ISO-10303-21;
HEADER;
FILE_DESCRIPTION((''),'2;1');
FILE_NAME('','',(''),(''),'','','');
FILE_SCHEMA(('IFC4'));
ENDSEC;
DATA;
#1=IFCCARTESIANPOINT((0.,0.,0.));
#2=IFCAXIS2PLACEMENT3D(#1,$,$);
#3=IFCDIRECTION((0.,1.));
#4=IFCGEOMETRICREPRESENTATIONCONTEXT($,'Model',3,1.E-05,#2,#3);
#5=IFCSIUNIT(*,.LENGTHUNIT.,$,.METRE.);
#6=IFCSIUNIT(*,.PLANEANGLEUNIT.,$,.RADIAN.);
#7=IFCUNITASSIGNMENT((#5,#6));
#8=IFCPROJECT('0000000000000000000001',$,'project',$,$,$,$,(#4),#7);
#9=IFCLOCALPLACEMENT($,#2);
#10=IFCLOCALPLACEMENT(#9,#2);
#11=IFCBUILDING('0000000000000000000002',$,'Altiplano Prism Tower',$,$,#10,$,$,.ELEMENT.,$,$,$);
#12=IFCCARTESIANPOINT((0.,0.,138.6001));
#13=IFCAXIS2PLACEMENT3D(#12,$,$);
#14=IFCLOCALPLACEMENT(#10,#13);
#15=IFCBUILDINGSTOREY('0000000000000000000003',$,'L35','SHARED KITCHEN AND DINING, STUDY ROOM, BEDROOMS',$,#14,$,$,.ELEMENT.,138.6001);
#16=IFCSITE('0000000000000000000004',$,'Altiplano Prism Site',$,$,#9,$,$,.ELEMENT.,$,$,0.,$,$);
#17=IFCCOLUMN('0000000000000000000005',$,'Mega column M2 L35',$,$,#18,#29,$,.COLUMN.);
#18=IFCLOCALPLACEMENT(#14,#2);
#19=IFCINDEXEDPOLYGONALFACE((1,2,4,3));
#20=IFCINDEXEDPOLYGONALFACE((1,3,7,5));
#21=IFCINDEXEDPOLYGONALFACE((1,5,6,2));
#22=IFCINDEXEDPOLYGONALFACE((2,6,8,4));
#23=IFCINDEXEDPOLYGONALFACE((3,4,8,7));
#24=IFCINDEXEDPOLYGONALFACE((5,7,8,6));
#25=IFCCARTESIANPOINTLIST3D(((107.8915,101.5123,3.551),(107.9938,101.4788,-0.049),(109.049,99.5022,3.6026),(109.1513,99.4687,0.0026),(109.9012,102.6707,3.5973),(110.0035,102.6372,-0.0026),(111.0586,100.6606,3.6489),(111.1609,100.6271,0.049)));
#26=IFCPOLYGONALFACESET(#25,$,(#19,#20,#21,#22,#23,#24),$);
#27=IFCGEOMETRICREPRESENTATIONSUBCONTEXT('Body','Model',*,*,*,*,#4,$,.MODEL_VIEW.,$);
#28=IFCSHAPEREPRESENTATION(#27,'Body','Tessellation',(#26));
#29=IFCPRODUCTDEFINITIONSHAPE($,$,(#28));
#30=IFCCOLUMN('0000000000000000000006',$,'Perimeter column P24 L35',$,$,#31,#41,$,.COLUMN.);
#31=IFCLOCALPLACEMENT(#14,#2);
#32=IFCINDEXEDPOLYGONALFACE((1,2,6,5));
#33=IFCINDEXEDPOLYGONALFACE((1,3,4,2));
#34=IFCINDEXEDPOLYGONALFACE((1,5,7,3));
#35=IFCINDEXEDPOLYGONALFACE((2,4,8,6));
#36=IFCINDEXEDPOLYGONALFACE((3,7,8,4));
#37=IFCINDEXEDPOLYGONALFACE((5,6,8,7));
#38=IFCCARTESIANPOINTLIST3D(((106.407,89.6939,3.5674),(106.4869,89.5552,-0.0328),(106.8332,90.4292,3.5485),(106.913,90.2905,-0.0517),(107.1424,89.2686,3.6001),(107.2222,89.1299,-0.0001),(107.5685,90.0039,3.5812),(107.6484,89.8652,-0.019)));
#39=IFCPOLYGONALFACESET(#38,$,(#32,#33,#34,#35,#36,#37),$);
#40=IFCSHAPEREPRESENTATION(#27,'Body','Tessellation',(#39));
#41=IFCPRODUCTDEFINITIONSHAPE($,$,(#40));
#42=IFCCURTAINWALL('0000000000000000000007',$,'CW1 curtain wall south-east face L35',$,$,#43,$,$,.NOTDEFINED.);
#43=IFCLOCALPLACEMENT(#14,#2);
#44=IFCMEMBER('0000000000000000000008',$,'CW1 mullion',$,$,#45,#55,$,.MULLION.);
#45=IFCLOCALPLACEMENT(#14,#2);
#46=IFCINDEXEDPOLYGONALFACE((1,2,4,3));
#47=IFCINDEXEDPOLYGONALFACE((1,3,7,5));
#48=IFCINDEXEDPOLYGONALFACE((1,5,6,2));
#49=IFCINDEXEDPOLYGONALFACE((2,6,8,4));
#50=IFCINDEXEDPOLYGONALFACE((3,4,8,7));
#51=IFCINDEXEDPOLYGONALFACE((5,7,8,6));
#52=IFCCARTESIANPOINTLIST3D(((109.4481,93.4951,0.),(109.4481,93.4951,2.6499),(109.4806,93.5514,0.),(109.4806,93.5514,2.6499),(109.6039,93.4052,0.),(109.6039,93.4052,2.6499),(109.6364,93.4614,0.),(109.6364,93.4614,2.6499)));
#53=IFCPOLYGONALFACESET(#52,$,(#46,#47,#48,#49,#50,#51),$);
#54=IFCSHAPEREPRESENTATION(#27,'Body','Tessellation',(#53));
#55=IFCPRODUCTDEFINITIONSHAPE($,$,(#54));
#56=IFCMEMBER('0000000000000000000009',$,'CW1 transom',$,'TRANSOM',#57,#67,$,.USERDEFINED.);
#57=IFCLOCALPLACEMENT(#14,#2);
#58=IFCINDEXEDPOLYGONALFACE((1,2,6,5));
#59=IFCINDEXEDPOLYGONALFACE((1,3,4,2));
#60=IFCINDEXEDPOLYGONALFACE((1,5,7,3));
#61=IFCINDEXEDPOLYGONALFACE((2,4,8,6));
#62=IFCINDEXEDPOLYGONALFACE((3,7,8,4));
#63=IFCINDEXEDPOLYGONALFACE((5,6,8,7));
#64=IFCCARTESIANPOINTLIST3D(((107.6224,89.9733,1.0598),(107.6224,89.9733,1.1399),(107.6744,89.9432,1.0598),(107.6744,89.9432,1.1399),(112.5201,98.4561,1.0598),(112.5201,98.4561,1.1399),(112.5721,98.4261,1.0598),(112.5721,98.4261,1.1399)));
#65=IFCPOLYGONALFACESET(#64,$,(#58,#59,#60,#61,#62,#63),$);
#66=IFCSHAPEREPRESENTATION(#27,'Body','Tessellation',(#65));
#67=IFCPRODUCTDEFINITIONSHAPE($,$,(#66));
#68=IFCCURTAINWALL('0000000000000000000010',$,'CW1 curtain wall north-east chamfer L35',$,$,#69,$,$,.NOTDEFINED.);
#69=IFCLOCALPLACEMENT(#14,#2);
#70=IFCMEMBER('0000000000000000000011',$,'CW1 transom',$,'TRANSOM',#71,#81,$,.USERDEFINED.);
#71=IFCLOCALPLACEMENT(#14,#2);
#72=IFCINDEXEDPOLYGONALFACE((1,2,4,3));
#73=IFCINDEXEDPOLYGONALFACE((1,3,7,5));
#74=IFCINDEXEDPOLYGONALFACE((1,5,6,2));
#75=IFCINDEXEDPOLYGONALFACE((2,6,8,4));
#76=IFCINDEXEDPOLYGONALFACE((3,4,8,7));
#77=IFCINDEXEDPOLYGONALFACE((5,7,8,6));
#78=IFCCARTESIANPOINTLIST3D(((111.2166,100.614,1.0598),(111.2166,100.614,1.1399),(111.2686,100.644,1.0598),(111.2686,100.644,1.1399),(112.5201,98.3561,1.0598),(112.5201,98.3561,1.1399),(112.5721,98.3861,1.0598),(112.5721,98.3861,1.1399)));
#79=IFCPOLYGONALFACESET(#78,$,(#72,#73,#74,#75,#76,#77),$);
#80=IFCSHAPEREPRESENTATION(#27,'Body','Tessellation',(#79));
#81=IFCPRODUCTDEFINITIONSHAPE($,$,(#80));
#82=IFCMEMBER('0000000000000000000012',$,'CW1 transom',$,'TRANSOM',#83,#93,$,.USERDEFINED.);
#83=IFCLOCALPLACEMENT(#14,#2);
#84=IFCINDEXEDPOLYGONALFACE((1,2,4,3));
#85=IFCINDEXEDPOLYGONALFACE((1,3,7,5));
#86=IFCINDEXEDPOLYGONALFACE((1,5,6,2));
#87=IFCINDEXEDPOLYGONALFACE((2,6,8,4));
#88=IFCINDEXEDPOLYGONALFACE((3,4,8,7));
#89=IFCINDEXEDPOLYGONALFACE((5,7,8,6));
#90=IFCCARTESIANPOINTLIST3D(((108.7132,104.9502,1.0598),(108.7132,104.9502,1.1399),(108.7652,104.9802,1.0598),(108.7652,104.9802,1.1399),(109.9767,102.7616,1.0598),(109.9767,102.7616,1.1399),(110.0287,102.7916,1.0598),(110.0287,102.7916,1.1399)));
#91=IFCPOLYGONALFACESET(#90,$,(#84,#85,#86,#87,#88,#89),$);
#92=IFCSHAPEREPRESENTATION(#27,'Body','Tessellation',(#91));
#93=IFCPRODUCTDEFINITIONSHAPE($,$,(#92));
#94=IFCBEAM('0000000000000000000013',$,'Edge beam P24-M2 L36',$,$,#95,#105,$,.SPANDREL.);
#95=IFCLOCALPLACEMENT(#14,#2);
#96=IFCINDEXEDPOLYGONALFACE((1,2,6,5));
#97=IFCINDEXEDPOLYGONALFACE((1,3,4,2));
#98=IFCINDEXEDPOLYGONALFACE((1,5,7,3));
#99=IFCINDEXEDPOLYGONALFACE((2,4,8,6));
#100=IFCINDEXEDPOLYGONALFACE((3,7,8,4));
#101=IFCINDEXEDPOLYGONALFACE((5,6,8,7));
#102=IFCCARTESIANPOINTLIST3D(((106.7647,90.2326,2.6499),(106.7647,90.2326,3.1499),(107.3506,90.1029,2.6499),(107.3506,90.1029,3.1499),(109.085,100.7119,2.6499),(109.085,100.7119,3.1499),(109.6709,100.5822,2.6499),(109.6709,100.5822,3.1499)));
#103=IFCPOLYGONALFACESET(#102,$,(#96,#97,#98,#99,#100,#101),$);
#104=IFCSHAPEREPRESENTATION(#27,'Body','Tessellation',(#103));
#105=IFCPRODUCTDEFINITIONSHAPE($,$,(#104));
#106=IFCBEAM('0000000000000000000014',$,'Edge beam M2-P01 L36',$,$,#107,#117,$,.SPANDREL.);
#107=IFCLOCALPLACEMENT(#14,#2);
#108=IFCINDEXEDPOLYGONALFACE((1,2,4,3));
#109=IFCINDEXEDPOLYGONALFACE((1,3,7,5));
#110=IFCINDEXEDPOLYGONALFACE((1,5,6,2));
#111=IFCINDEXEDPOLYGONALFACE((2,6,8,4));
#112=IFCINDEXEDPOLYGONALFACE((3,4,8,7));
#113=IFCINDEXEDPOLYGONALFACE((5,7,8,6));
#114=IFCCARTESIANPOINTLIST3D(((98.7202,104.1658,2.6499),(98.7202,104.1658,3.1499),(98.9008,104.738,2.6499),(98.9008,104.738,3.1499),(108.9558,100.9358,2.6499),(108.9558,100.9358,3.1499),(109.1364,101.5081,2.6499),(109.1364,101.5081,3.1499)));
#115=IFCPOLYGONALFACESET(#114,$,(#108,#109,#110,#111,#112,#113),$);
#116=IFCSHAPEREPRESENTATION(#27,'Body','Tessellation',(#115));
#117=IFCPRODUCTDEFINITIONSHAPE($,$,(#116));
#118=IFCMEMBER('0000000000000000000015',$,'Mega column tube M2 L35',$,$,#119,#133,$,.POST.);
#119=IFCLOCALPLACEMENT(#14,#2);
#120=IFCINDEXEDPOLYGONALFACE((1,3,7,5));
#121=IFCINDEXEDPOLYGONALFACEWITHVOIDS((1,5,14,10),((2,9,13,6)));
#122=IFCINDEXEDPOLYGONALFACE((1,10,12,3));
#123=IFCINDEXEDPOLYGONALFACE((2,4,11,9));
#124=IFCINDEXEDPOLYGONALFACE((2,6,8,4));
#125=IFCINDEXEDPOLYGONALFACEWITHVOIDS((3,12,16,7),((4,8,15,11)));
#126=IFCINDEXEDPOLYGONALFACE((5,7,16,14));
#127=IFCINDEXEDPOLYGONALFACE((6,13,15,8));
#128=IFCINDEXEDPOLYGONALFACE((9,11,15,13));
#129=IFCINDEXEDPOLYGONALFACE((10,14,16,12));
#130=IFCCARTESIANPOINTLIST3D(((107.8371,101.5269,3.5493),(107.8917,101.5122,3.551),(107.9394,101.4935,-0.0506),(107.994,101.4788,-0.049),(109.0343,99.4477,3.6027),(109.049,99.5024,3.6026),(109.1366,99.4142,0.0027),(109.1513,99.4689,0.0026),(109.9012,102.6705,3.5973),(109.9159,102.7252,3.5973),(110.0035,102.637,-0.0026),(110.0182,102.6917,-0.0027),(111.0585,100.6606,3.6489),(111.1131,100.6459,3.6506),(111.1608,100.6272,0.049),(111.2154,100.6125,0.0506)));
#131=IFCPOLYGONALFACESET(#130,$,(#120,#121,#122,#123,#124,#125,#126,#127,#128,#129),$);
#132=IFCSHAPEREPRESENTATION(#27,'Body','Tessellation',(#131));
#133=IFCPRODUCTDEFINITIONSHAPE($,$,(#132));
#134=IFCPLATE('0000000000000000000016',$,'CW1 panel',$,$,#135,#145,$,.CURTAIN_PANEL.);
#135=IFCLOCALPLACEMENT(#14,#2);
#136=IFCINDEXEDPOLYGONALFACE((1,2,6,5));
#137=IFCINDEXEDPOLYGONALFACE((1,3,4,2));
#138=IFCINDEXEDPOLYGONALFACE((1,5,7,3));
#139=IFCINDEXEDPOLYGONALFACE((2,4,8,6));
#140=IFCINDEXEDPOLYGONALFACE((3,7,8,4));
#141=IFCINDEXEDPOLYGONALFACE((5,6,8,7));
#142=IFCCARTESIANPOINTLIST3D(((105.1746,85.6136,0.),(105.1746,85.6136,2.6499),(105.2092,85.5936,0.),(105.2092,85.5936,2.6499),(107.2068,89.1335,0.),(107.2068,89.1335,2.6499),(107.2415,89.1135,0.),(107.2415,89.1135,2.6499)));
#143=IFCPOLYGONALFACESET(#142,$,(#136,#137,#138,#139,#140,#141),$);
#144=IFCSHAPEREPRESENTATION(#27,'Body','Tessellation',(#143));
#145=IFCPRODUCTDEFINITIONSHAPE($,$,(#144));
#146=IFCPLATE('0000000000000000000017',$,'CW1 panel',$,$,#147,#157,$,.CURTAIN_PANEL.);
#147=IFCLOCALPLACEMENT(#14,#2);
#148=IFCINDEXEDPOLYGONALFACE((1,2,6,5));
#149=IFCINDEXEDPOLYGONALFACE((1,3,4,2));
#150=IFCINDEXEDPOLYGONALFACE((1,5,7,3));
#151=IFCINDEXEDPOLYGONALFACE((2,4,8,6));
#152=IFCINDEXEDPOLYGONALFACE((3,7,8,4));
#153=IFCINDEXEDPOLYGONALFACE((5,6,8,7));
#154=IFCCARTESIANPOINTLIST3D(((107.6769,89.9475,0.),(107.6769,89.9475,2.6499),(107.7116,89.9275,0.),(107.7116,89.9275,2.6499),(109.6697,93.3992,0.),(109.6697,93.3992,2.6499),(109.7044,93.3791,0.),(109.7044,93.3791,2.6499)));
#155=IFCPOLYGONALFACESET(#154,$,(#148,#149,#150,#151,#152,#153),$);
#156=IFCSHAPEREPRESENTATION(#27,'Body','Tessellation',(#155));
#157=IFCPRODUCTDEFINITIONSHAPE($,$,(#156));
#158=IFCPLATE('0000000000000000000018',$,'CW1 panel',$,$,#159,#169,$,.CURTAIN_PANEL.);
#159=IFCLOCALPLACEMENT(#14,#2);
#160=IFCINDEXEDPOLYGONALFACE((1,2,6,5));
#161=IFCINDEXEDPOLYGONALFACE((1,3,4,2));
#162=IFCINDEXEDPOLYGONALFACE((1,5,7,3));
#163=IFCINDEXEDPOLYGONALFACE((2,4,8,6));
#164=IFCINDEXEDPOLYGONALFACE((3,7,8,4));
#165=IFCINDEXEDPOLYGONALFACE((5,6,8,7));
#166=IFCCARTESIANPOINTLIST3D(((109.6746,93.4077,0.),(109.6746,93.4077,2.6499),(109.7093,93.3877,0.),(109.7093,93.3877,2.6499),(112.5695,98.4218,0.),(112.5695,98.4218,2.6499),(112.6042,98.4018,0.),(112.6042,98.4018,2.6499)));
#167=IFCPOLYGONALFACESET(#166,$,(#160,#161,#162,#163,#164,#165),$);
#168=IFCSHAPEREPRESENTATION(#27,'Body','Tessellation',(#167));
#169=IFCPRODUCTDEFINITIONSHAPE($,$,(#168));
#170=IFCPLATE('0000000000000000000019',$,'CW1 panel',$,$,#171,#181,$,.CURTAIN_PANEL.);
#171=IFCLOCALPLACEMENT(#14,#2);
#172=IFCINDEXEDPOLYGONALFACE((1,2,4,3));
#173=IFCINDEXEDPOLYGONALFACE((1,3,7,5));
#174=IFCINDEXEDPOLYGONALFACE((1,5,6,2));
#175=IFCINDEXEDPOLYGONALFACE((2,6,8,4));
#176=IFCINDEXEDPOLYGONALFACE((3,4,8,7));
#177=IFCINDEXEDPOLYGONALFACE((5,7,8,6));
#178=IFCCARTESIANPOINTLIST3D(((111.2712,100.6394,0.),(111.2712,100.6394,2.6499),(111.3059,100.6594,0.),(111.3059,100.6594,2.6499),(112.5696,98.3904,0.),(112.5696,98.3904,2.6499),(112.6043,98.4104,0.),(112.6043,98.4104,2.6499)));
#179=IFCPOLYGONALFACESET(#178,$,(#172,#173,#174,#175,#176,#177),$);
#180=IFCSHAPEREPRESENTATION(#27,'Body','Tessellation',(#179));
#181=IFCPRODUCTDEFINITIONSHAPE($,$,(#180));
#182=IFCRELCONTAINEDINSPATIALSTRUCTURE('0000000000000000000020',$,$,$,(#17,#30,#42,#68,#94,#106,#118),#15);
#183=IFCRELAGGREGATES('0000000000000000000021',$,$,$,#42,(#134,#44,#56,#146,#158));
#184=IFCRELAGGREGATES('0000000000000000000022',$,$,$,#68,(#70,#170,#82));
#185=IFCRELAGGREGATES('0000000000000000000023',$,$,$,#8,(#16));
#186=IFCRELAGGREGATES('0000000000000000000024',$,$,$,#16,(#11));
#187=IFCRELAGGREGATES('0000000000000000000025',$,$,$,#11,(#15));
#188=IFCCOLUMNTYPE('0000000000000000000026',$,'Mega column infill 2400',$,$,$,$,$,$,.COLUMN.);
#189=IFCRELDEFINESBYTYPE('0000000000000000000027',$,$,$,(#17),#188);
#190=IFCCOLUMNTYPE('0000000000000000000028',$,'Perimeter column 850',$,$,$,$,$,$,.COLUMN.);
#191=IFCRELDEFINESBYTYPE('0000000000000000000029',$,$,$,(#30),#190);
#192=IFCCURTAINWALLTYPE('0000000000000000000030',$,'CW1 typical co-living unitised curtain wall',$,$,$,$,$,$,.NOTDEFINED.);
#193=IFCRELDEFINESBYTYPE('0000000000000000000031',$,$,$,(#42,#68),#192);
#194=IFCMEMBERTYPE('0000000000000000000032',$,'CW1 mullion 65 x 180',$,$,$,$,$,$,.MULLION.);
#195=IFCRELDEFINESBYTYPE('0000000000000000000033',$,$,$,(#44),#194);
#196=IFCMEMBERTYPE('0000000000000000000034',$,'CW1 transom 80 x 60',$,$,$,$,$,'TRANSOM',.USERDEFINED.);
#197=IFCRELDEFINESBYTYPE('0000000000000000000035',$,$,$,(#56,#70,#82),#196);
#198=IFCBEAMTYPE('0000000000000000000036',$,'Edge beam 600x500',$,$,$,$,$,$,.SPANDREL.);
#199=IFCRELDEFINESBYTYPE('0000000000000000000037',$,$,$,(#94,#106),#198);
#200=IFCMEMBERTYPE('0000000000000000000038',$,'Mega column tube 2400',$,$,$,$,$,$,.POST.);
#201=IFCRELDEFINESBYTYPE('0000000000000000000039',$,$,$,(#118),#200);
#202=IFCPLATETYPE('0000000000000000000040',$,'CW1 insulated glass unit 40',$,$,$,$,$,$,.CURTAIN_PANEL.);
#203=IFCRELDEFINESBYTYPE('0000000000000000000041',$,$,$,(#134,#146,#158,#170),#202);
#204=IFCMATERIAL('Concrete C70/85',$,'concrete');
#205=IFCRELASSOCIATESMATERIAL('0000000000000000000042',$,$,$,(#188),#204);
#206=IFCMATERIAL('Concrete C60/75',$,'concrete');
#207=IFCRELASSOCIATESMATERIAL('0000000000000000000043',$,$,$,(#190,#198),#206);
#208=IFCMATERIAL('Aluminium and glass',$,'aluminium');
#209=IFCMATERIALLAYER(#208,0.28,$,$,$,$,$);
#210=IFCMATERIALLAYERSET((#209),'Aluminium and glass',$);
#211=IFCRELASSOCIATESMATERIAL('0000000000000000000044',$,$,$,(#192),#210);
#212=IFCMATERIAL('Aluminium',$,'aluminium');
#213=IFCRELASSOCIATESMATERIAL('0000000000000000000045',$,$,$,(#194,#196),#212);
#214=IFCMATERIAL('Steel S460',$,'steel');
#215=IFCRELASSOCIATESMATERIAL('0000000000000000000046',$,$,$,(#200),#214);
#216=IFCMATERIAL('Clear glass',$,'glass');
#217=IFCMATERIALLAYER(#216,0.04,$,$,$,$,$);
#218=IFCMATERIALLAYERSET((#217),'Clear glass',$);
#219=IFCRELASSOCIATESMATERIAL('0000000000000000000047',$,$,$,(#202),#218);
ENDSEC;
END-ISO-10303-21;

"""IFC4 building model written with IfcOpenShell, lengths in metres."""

from ifc_helpers import new_model, si_unit, direction, frame, origin, origin_2d, place, context, subcontext, project, spatial, rectangle, hollow_rectangle, extrude, material, layer, layer_set, material_profile, profile_set, type_object, element, aggregate, save


model = new_model("IFC4")

# Units and contexts
model_context = context("Model", 3, precision=1e-05, world=origin(), true_north=direction((0.0, 1.0)))
body_context = subcontext(model_context, "Body", "Model", "MODEL_VIEW")
ifc_project = project(units=[si_unit("LENGTHUNIT", "METRE"), si_unit("PLANEANGLEUNIT", "RADIAN")], contexts=[model_context])

# Site, building, storey
site_placement = place(None, origin())
site = spatial("IfcSite", under=ifc_project, at=site_placement, Name="Altiplano Prism Site", CompositionType="ELEMENT", RefElevation=0.0)
building_placement = place(site_placement, origin())
building = spatial("IfcBuilding", under=site, at=building_placement, Name="Altiplano Prism Tower", CompositionType="ELEMENT")
storey_placement = place(building_placement, frame((0.0, 0.0, 138.6001)))
storey = spatial("IfcBuildingStorey", under=building, at=storey_placement, Name="L35", Description="SHARED KITCHEN AND DINING, STUDY ROOM, BEDROOMS", CompositionType="ELEMENT", Elevation=138.6001)

# Columns
ifc_material_1 = material(Name="Concrete C70/85", Category="concrete")
ifc_material_profile_1 = material_profile(ifc_material_1, rectangle(XDim=2.3201, YDim=2.3201, at=origin_2d()), Name="Mega column infill 2400")
ifc_profile_set_1 = profile_set([ifc_material_profile_1], Name="Concrete C70/85")
column_type_1 = type_object("IfcColumnType", Name="Mega column infill 2400", PredefinedType="COLUMN", material=ifc_profile_set_1)
column_1_placement = place(storey_placement, frame((109.5774, 101.053, 0.0), z_axis=(-0.028404, 0.009287, 0.999553), x_axis=(0.498884, -0.866384, 0.022226)))
element("IfcColumn", 1, at=column_1_placement, inside=storey, type_object=column_type_1, Name="Mega column M2 L35", PredefinedType="COLUMN", context=body_context, shape_type="SweptSolid", body=[
    extrude(rectangle(XDim=2.3201, YDim=2.3201, at=origin_2d()), origin(), (0.0, 0.0, 1.0), 3.6016),
])
ifc_material_2 = material(Name="Concrete C60/75", Category="concrete")
ifc_material_profile_2 = material_profile(ifc_material_2, rectangle(XDim=0.8501, YDim=0.8501, at=origin_2d()), Name="Perimeter column 850")
ifc_profile_set_2 = profile_set([ifc_material_profile_2], Name="Concrete C60/75")
column_type_2 = type_object("IfcColumnType", Name="Perimeter column 850", PredefinedType="COLUMN", material=ifc_profile_set_2)
column_2_placement = place(storey_placement, frame((107.0676, 89.7102, -0.0259), z_axis=(-0.022154, 0.038481, 0.999014), x_axis=(-0.501313, -0.864981, 0.022201)))
element("IfcColumn", 2, at=column_2_placement, inside=storey, type_object=column_type_2, Name="Perimeter column P24 L35", PredefinedType="COLUMN", context=body_context, shape_type="SweptSolid", body=[
    extrude(rectangle(XDim=0.8501, YDim=0.8501, at=origin_2d()), origin(), (0.0, 0.0, 1.0), 3.6038),
])

# Curtain walls, members
ifc_material_3 = material(Name="Aluminium and glass", Category="aluminium")
ifc_layer_1 = layer(ifc_material_3, 0.28)
ifc_layer_set_1 = layer_set([ifc_layer_1], Name="Aluminium and glass")
curtain_wall_type = type_object("IfcCurtainWallType", Name="CW1 typical co-living unitised curtain wall", PredefinedType="NOTDEFINED", material=ifc_layer_set_1)
curtain_wall_1_placement = place(storey_placement, origin())
curtain_wall_1 = element("IfcCurtainWall", 3, at=curtain_wall_1_placement, inside=storey, type_object=curtain_wall_type, Name="CW1 curtain wall south-east face L35", PredefinedType="NOTDEFINED")
ifc_material_4 = material(Name="Aluminium", Category="aluminium")
ifc_material_profile_3 = material_profile(ifc_material_4, rectangle(XDim=0.1799, YDim=0.0649, at=origin_2d()), Name="CW1 mullion 65 x 180")
ifc_profile_set_3 = profile_set([ifc_material_profile_3], Name="Aluminium")
member_type_1 = type_object("IfcMemberType", Name="CW1 mullion 65 x 180", PredefinedType="MULLION", material=ifc_profile_set_3)
member_1_placement = place(storey_placement, frame((109.5422, 93.4783, 0.0), z_axis=(0.0, 0.0, 1.0), x_axis=(-0.866025, 0.5, 0.0)))
member_1 = element("IfcMember", 4, at=member_1_placement, type_object=member_type_1, Name="CW1 mullion", PredefinedType="MULLION", context=body_context, shape_type="SweptSolid", body=[
    extrude(rectangle(XDim=0.1799, YDim=0.0649, at=origin_2d()), origin(), (0.0, 0.0, 1.0), 2.6499),
])
ifc_material_profile_4 = material_profile(ifc_material_4, rectangle(XDim=0.0601, YDim=0.0801, at=origin_2d()), Name="CW1 transom 80 x 60")
ifc_profile_set_4 = profile_set([ifc_material_profile_4], Name="Aluminium")
member_type_2 = type_object("IfcMemberType", Name="CW1 transom 80 x 60", ElementType="TRANSOM", PredefinedType="USERDEFINED", material=ifc_profile_set_4)
member_2_placement = place(storey_placement, frame((107.6484, 89.9583, 1.0999), z_axis=(0.500007, 0.866021, 0.0), x_axis=(-0.866021, 0.500007, 0.0)))
member_2 = element("IfcMember", 5, at=member_2_placement, type_object=member_type_2, Name="CW1 transom", ObjectType="TRANSOM", PredefinedType="USERDEFINED", context=body_context, shape_type="SweptSolid", body=[
    extrude(rectangle(XDim=0.0601, YDim=0.0801, at=origin_2d()), origin(), (0.0, 0.0, 1.0), 9.7952),
])
curtain_wall_2_placement = place(storey_placement, origin())
curtain_wall_2 = element("IfcCurtainWall", 6, at=curtain_wall_2_placement, inside=storey, type_object=curtain_wall_type, Name="CW1 curtain wall north-east chamfer L35", PredefinedType="NOTDEFINED")
member_3_placement = place(storey_placement, frame((112.5461, 98.3711, 1.0999), z_axis=(-0.499976, 0.866039, 0.0), x_axis=(-0.866039, -0.499976, 0.0)))
member_3 = element("IfcMember", 7, at=member_3_placement, type_object=member_type_2, Name="CW1 transom", ObjectType="TRANSOM", PredefinedType="USERDEFINED", context=body_context, shape_type="SweptSolid", body=[
    extrude(rectangle(XDim=0.0601, YDim=0.0801, at=origin_2d()), origin(), (0.0, 0.0, 1.0), 2.6072),
])
member_4_placement = place(storey_placement, frame((110.0027, 102.7766, 1.0999), z_axis=(-0.499973, 0.866041, 0.0), x_axis=(-0.866041, -0.499973, 0.0)))
member_4 = element("IfcMember", 8, at=member_4_placement, type_object=member_type_2, Name="CW1 transom", ObjectType="TRANSOM", PredefinedType="USERDEFINED", context=body_context, shape_type="SweptSolid", body=[
    extrude(rectangle(XDim=0.0601, YDim=0.0801, at=origin_2d()), origin(), (0.0, 0.0, 1.0), 2.5271),
])

# Beams
ifc_material_profile_5 = material_profile(ifc_material_2, rectangle(XDim=0.6001, YDim=0.5, at=origin_2d()), Name="Edge beam 600x500")
ifc_profile_set_5 = profile_set([ifc_material_profile_5], Name="Concrete C60/75")
beam_type = type_object("IfcBeamType", Name="Edge beam 600x500", PredefinedType="SPANDREL", material=ifc_profile_set_5)
for number, where, z_axis, x_axis, name in (
    (9, (107.0576, 90.1677, 2.8999), (0.216184, 0.976353, 0.0), (-0.976353, 0.216184, 0.0), "Edge beam P24-M2 L36"),
    (10, (109.0461, 101.2219, 2.8999), (-0.953645, 0.300935, 0.0), (-0.300935, -0.953645, 0.0), "Edge beam M2-P01 L36"),
):
    element("IfcBeam", number, at=place(storey_placement, frame(where, z_axis=z_axis, x_axis=x_axis)), inside=storey, type_object=beam_type, Name=name, PredefinedType="SPANDREL", context=body_context, shape_type="SweptSolid", body=[
        extrude(rectangle(XDim=0.6001, YDim=0.5, at=origin_2d()), origin(), (0.0, 0.0, 1.0), 10.7332),
    ])

# Member
ifc_material_5 = material(Name="Steel S460", Category="steel")
ifc_material_profile_6 = material_profile(ifc_material_5, hollow_rectangle(XDim=2.3999, YDim=2.3999, WallThickness=0.04, at=origin_2d()), Name="Mega column tube 2400")
ifc_profile_set_6 = profile_set([ifc_material_profile_6], Name="Steel S460")
member_type_3 = type_object("IfcMemberType", Name="Mega column tube 2400", PredefinedType="POST", material=ifc_profile_set_6)
member_5_placement = place(storey_placement, frame((109.5774, 101.053, 0.0), z_axis=(-0.028404, 0.009287, 0.999553), x_axis=(0.498884, -0.866384, 0.022226)))
element("IfcMember", 11, at=member_5_placement, inside=storey, type_object=member_type_3, Name="Mega column tube M2 L35", PredefinedType="POST", context=body_context, shape_type="SweptSolid", body=[
    extrude(hollow_rectangle(XDim=2.3999, YDim=2.3999, WallThickness=0.04, at=origin_2d()), origin(), (0.0, 0.0, 1.0), 3.6016),
])

# Plates
ifc_material_6 = material(Name="Clear glass", Category="glass")
ifc_layer_2 = layer(ifc_material_6, 0.04)
ifc_layer_set_2 = layer_set([ifc_layer_2], Name="Clear glass")
plate_type = type_object("IfcPlateType", Name="CW1 insulated glass unit 40", PredefinedType="CURTAIN_PANEL", material=ifc_layer_set_2)
plate_1_placement = place(storey_placement, frame((106.208, 87.3635, 0.0), z_axis=(0.0, 0.0, 1.0), x_axis=(0.5, 0.866025, 0.0)))
plate_1 = element("IfcPlate", 12, at=plate_1_placement, type_object=plate_type, Name="CW1 panel", PredefinedType="CURTAIN_PANEL", context=body_context, shape_type="SweptSolid", body=[
    extrude(rectangle(XDim=4.0645, YDim=0.04, at=origin_2d()), origin(), (0.0, 0.0, 1.0), 2.6499),
])
plate_2_placement = place(storey_placement, frame((108.6907, 91.6633, 0.0), z_axis=(0.0, 0.0, 1.0), x_axis=(0.5, 0.866025, 0.0)))
plate_2 = element("IfcPlate", 13, at=plate_2_placement, type_object=plate_type, Name="CW1 panel", PredefinedType="CURTAIN_PANEL", context=body_context, shape_type="SweptSolid", body=[
    extrude(rectangle(XDim=3.9856, YDim=0.04, at=origin_2d()), origin(), (0.0, 0.0, 1.0), 2.6499),
])
plate_3_placement = place(storey_placement, frame((111.1394, 95.9048, 0.0), z_axis=(0.0, 0.0, 1.0), x_axis=(0.5, 0.866025, 0.0)))
plate_3 = element("IfcPlate", 14, at=plate_3_placement, type_object=plate_type, Name="CW1 panel", PredefinedType="CURTAIN_PANEL", context=body_context, shape_type="SweptSolid", body=[
    extrude(rectangle(XDim=5.7898, YDim=0.04, at=origin_2d()), origin(), (0.0, 0.0, 1.0), 2.6499),
])
aggregate(curtain_wall_1, [plate_1, member_1, member_2, plate_2, plate_3])
plate_4_placement = place(storey_placement, frame((111.9377, 99.5249, 0.0), z_axis=(0.0, 0.0, 1.0), x_axis=(-0.5, 0.866025, 0.0)))
plate_4 = element("IfcPlate", 15, at=plate_4_placement, type_object=plate_type, Name="CW1 panel", PredefinedType="CURTAIN_PANEL", context=body_context, shape_type="SweptSolid", body=[
    extrude(rectangle(XDim=2.5969, YDim=0.04, at=origin_2d()), origin(), (0.0, 0.0, 1.0), 2.6499),
])
aggregate(curtain_wall_2, [member_3, plate_4, member_4])

save(model, "model.ifc")
